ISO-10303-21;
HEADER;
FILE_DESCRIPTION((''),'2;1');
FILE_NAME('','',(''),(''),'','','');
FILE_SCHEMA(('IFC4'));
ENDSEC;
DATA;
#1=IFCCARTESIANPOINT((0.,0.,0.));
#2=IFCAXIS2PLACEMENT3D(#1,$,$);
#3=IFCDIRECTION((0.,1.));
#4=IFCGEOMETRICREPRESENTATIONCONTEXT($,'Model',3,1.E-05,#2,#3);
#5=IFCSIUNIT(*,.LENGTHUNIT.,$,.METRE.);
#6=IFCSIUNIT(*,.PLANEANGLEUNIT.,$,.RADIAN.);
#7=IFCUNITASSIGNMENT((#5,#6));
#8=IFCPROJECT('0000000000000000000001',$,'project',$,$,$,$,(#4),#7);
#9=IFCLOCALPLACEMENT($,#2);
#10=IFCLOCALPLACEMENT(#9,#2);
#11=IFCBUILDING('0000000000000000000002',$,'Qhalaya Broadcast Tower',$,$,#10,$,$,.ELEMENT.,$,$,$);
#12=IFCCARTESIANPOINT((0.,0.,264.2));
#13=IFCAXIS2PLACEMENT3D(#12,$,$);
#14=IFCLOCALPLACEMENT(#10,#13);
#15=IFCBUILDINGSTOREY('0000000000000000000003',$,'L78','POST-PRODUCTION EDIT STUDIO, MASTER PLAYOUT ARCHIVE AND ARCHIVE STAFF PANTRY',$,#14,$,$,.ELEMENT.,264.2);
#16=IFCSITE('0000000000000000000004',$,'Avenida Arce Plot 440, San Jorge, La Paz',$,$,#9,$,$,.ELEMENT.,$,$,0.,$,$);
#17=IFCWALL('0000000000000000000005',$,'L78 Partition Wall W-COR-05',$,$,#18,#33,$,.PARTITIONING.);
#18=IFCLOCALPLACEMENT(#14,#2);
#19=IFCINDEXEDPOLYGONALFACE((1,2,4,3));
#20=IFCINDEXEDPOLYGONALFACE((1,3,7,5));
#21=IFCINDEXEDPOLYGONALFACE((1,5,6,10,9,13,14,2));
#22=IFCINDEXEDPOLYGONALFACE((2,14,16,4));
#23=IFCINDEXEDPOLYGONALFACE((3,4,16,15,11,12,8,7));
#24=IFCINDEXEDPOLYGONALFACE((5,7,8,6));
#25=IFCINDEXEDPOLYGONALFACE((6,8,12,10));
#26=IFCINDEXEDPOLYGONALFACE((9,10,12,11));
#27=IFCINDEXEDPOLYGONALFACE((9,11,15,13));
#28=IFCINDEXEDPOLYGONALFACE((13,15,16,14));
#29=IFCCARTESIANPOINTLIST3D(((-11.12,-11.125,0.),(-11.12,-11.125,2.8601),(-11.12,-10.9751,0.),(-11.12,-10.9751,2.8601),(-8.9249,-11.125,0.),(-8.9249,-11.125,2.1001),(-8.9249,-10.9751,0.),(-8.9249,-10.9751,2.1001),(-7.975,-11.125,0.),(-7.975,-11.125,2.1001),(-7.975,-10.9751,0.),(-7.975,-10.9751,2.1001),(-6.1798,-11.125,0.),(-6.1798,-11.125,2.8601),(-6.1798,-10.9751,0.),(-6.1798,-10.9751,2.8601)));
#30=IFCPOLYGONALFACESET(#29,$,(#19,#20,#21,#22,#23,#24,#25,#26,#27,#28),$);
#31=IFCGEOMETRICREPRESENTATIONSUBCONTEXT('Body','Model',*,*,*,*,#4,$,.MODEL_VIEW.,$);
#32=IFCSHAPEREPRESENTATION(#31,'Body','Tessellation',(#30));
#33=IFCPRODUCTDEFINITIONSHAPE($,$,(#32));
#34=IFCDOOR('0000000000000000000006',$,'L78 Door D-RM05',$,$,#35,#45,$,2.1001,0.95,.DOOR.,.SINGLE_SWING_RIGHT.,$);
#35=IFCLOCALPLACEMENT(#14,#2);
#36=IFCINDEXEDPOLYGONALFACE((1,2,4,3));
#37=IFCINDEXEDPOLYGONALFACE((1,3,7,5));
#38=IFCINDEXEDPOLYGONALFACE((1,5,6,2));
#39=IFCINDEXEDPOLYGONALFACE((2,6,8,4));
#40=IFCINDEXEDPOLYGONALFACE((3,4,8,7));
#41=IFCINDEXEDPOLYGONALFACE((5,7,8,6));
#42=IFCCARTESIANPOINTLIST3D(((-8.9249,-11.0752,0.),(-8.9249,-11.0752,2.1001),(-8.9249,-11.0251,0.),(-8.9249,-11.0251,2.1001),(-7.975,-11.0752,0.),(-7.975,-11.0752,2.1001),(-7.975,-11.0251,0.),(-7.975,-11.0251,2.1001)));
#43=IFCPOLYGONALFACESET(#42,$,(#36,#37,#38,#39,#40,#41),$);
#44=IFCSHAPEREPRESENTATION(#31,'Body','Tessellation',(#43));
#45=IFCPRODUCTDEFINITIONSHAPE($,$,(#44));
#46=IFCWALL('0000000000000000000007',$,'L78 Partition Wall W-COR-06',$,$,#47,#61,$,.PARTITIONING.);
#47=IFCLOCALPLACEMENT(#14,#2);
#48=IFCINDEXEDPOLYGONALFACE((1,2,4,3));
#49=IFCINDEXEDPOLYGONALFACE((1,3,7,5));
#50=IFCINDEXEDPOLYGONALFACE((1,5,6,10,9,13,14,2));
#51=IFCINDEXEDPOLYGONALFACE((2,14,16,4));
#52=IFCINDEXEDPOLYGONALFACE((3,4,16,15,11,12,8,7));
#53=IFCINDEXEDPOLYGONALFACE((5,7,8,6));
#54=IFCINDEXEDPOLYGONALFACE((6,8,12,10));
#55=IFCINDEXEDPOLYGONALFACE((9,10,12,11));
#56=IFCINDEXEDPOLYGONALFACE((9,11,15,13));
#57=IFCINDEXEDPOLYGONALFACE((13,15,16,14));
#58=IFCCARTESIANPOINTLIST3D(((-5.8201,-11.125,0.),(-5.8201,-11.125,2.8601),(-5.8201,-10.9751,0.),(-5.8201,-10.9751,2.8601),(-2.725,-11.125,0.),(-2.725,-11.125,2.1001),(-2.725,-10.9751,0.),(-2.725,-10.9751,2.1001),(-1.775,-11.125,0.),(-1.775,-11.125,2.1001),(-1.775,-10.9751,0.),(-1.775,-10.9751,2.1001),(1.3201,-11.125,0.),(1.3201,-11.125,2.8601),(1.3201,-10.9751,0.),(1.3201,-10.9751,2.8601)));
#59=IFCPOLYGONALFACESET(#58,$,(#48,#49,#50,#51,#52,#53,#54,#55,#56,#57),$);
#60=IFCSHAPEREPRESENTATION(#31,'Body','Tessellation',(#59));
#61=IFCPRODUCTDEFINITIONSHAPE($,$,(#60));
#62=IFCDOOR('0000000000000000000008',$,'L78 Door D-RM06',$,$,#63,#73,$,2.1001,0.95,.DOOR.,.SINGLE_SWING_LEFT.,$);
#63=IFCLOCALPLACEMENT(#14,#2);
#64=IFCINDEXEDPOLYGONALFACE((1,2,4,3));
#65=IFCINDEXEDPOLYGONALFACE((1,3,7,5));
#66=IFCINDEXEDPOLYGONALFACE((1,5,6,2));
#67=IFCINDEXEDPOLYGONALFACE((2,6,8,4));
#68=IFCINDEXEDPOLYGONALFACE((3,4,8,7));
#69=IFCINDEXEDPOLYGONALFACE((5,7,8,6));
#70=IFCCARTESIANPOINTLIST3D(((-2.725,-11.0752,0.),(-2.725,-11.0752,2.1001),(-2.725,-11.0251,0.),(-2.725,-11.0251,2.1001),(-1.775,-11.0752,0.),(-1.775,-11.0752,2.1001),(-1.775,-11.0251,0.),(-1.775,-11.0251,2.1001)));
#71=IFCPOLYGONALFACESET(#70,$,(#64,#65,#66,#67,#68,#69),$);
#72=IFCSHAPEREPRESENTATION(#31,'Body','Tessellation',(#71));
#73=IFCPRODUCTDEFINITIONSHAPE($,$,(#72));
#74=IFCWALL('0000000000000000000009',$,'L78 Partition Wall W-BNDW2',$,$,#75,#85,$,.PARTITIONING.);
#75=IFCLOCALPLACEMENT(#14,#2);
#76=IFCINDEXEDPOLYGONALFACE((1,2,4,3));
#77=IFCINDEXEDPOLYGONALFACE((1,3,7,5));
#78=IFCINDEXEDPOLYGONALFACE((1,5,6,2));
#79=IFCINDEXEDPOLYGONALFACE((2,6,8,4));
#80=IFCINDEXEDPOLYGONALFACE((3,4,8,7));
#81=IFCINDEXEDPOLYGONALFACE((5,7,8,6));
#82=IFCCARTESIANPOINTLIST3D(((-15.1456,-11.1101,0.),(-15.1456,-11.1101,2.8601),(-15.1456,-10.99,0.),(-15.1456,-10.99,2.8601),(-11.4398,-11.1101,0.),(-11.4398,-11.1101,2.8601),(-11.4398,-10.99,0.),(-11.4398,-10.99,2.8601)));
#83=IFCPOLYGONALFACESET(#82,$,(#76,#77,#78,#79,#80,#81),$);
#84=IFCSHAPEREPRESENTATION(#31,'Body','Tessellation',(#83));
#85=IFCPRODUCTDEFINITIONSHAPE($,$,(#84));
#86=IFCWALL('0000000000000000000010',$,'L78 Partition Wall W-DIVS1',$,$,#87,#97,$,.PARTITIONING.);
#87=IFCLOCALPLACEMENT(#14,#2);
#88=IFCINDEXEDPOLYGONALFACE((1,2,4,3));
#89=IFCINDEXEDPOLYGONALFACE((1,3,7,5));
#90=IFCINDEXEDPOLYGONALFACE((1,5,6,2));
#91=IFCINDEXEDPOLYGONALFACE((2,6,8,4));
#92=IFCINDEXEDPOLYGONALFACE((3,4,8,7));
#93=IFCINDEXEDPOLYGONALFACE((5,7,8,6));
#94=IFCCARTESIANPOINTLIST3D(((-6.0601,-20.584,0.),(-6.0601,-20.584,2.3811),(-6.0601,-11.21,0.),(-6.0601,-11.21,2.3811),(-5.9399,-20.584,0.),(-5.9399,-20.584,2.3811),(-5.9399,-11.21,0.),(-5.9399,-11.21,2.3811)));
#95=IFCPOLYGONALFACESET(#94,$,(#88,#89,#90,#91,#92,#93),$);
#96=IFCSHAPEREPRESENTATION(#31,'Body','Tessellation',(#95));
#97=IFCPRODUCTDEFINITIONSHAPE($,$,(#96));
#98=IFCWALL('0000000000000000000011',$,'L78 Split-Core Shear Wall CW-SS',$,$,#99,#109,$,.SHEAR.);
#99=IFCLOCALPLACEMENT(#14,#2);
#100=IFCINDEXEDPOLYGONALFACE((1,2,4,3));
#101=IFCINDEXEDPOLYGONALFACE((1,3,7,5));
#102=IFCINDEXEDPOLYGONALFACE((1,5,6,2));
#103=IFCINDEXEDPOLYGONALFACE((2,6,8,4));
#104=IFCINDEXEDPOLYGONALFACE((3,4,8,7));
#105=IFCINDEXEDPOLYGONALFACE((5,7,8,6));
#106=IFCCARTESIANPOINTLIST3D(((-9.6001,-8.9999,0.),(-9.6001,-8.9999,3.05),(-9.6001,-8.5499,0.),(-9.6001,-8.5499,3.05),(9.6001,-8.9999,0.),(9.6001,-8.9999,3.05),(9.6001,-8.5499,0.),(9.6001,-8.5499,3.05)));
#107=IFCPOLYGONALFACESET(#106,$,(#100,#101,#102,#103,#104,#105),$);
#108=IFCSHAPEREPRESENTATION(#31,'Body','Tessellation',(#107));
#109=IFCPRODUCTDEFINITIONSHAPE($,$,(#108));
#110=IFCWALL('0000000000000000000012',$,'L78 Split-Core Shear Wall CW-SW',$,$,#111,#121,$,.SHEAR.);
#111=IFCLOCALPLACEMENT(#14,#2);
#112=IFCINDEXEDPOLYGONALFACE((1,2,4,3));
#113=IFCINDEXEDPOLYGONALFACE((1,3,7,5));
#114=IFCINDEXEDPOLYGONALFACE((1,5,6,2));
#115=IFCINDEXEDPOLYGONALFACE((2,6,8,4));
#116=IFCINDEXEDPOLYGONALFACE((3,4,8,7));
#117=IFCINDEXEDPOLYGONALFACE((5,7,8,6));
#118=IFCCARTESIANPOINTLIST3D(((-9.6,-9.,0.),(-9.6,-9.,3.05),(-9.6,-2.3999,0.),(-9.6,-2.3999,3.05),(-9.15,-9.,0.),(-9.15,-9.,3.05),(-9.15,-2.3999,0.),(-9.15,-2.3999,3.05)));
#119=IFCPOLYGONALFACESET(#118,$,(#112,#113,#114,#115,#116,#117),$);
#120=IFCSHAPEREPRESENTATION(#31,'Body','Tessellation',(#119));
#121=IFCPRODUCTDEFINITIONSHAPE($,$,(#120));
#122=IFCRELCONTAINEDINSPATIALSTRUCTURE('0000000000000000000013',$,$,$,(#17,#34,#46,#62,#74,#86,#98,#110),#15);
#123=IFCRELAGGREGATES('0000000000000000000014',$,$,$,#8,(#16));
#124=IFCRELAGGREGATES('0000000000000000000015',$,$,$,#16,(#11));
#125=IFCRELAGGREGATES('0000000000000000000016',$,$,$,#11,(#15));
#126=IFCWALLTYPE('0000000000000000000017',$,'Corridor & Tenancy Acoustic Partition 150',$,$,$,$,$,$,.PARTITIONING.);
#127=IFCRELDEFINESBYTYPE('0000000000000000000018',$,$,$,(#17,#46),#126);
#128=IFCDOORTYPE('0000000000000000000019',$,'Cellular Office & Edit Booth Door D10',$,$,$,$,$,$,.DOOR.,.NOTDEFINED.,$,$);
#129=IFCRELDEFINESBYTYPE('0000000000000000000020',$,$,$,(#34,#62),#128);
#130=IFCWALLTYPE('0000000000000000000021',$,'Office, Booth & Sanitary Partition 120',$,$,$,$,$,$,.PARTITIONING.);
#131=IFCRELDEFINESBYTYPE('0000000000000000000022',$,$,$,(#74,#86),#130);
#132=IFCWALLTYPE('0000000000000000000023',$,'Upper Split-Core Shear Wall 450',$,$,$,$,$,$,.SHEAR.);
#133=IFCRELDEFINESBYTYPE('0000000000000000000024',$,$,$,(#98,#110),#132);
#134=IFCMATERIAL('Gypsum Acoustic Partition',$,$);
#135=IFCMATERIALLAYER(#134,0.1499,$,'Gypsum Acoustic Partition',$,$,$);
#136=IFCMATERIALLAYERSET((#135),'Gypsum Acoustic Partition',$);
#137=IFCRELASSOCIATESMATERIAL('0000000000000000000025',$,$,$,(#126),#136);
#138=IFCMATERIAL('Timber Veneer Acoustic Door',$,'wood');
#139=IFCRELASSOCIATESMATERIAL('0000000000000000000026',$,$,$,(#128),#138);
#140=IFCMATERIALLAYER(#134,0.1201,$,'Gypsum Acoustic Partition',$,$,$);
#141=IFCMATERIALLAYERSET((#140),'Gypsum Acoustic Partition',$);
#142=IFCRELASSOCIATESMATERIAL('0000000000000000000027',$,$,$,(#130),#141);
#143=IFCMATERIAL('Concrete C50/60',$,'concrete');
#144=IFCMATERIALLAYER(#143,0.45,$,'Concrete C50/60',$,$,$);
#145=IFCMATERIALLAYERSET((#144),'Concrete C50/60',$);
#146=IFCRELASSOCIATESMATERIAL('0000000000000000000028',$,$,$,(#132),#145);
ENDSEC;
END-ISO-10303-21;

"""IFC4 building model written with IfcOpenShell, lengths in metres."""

from ifc_helpers import new_model, si_unit, direction, frame, frame_2d, origin, place, context, subcontext, project, spatial, rectangle, extrude, material, layer, layer_set, type_object, element, fill, save


model = new_model("IFC4")

# Units and contexts
model_context = context("Model", 3, precision=1e-05, world=origin(), true_north=direction((0.0, 1.0)))
body_context = subcontext(model_context, "Body", "Model", "MODEL_VIEW")
ifc_project = project(units=[si_unit("LENGTHUNIT", "METRE"), si_unit("PLANEANGLEUNIT", "RADIAN")], contexts=[model_context])

# Site, building, storey
site_placement = place(None, origin())
site = spatial("IfcSite", under=ifc_project, at=site_placement, Name="Avenida Arce Plot 440, San Jorge, La Paz", CompositionType="ELEMENT", RefElevation=0.0)
building_placement = place(site_placement, origin())
building = spatial("IfcBuilding", under=site, at=building_placement, Name="Qhalaya Broadcast Tower", CompositionType="ELEMENT")
storey_placement = place(building_placement, frame((0.0, 0.0, 264.2)))
storey = spatial("IfcBuildingStorey", under=building, at=storey_placement, Name="L78", Description="POST-PRODUCTION EDIT STUDIO, MASTER PLAYOUT ARCHIVE AND ARCHIVE STAFF PANTRY", CompositionType="ELEMENT", Elevation=264.2)

# Walls, openings, doors
ifc_material_1 = material(Name="Gypsum Acoustic Partition")
ifc_layer_1 = layer(ifc_material_1, 0.1499, Name="Gypsum Acoustic Partition")
ifc_layer_set_1 = layer_set([ifc_layer_1], Name="Gypsum Acoustic Partition")
wall_type_1 = type_object("IfcWallType", Name="Corridor & Tenancy Acoustic Partition 150", PredefinedType="PARTITIONING", material=ifc_layer_set_1)
wall_1_placement = place(storey_placement, frame((-11.1201, -11.05, 0.0), z_axis=(0.0, 0.0, 1.0), x_axis=(1.0, 0.0, 0.0)))
wall_1 = element("IfcWall", 1, at=wall_1_placement, inside=storey, type_object=wall_type_1, Name="L78 Partition Wall W-COR-05", PredefinedType="PARTITIONING", context=body_context, shape_type="SweptSolid", body=[
    extrude(rectangle(XDim=4.9402, YDim=0.1499, at=frame_2d((2.4702, 0.0))), origin(), (0.0, 0.0, 1.0), 2.8601),
])
opening_1_placement = place(wall_1_placement, frame((2.1951, 0.0, 0.0)))
opening_1 = element("IfcOpeningElement", 2, at=opening_1_placement, cuts=wall_1, PredefinedType="OPENING", context=body_context, shape_type="SweptSolid", body=[
    extrude(rectangle(XDim=0.95, YDim=2.1001, at=frame_2d((0.4751, 1.05))), frame((0.0, 0.0869, 0.0), z_axis=(0.0, -1.0, 0.0), x_axis=(1.0, 0.0, 0.0)), (0.0, 0.0, 1.0), 0.1738),
])
ifc_material_2 = material(Name="Timber Veneer Acoustic Door", Category="wood")
door_type = type_object("IfcDoorType", Name="Cellular Office & Edit Booth Door D10", OperationType="NOTDEFINED", PredefinedType="DOOR", material=ifc_material_2)
door_1_placement = place(opening_1_placement, origin())
door_1 = element("IfcDoor", 3, at=door_1_placement, inside=storey, type_object=door_type, Name="L78 Door D-RM05", OperationType="SINGLE_SWING_RIGHT", OverallHeight=2.1001, OverallWidth=0.95, PredefinedType="DOOR", context=body_context, shape_type="SweptSolid", body=[
    extrude(rectangle(XDim=0.95, YDim=2.1001, at=frame_2d((0.4751, 1.05))), frame((0.0, 0.0249, 0.0), z_axis=(0.0, -1.0, 0.0), x_axis=(1.0, 0.0, 0.0)), (0.0, 0.0, 1.0), 0.05),
])
fill(opening_1, door_1)
wall_2_placement = place(storey_placement, frame((-5.8201, -11.05, 0.0), z_axis=(0.0, 0.0, 1.0), x_axis=(1.0, 0.0, 0.0)))
wall_2 = element("IfcWall", 4, at=wall_2_placement, inside=storey, type_object=wall_type_1, Name="L78 Partition Wall W-COR-06", PredefinedType="PARTITIONING", context=body_context, shape_type="SweptSolid", body=[
    extrude(rectangle(XDim=7.1401, YDim=0.1499, at=frame_2d((3.5701, 0.0))), origin(), (0.0, 0.0, 1.0), 2.8601),
])
opening_2_placement = place(wall_2_placement, frame((3.095, 0.0, 0.0)))
opening_2 = element("IfcOpeningElement", 5, at=opening_2_placement, cuts=wall_2, PredefinedType="OPENING", context=body_context, shape_type="SweptSolid", body=[
    extrude(rectangle(XDim=0.95, YDim=2.1001, at=frame_2d((0.4751, 1.05))), frame((0.0, 0.0869, 0.0), z_axis=(0.0, -1.0, 0.0), x_axis=(1.0, 0.0, 0.0)), (0.0, 0.0, 1.0), 0.1738),
])
door_2_placement = place(opening_2_placement, origin())
door_2 = element("IfcDoor", 6, at=door_2_placement, inside=storey, type_object=door_type, Name="L78 Door D-RM06", OperationType="SINGLE_SWING_LEFT", OverallHeight=2.1001, OverallWidth=0.95, PredefinedType="DOOR", context=body_context, shape_type="SweptSolid", body=[
    extrude(rectangle(XDim=0.95, YDim=2.1001, at=frame_2d((0.4751, 1.05))), frame((0.0, 0.0249, 0.0), z_axis=(0.0, -1.0, 0.0), x_axis=(1.0, 0.0, 0.0)), (0.0, 0.0, 1.0), 0.05),
])
fill(opening_2, door_2)

# Walls
ifc_layer_2 = layer(ifc_material_1, 0.1201, Name="Gypsum Acoustic Partition")
ifc_layer_set_2 = layer_set([ifc_layer_2], Name="Gypsum Acoustic Partition")
wall_type_2 = type_object("IfcWallType", Name="Office, Booth & Sanitary Partition 120", PredefinedType="PARTITIONING", material=ifc_layer_set_2)
wall_3_placement = place(storey_placement, frame((-15.1458, -11.05, 0.0), z_axis=(0.0, 0.0, 1.0), x_axis=(1.0, 0.0, 0.0)))
element("IfcWall", 7, at=wall_3_placement, inside=storey, type_object=wall_type_2, Name="L78 Partition Wall W-BNDW2", PredefinedType="PARTITIONING", context=body_context, shape_type="SweptSolid", body=[
    extrude(rectangle(XDim=3.7058, YDim=0.1201, at=frame_2d((1.853, 0.0))), origin(), (0.0, 0.0, 1.0), 2.8601),
])
wall_4_placement = place(storey_placement, frame((-6.0, -20.584, 0.0), z_axis=(0.0, 0.0, 1.0), x_axis=(0.0, 1.0, 0.0)))
element("IfcWall", 8, at=wall_4_placement, inside=storey, type_object=wall_type_2, Name="L78 Partition Wall W-DIVS1", PredefinedType="PARTITIONING", context=body_context, shape_type="SweptSolid", body=[
    extrude(rectangle(XDim=9.374, YDim=0.1201, at=frame_2d((4.687, 0.0))), origin(), (0.0, 0.0, 1.0), 2.3811),
])
ifc_material_3 = material(Name="Concrete C50/60", Category="concrete")
ifc_layer_3 = layer(ifc_material_3, 0.45, Name="Concrete C50/60")
ifc_layer_set_3 = layer_set([ifc_layer_3], Name="Concrete C50/60")
wall_type_3 = type_object("IfcWallType", Name="Upper Split-Core Shear Wall 450", PredefinedType="SHEAR", material=ifc_layer_set_3)
wall_5_placement = place(storey_placement, frame((-9.6001, -8.7749, 0.0), z_axis=(0.0, 0.0, 1.0), x_axis=(1.0, 0.0, 0.0)))
element("IfcWall", 9, at=wall_5_placement, inside=storey, type_object=wall_type_3, Name="L78 Split-Core Shear Wall CW-SS", PredefinedType="SHEAR", context=body_context, shape_type="SweptSolid", body=[
    extrude(rectangle(XDim=19.2002, YDim=0.45, at=frame_2d((9.6001, 0.0))), origin(), (0.0, 0.0, 1.0), 3.05),
])
wall_6_placement = place(storey_placement, frame((-9.375, -9.0, 0.0), z_axis=(0.0, 0.0, 1.0), x_axis=(0.0, 1.0, 0.0)))
element("IfcWall", 10, at=wall_6_placement, inside=storey, type_object=wall_type_3, Name="L78 Split-Core Shear Wall CW-SW", PredefinedType="SHEAR", context=body_context, shape_type="SweptSolid", body=[
    extrude(rectangle(XDim=6.6001, YDim=0.45, at=frame_2d((3.3, 0.0))), origin(), (0.0, 0.0, 1.0), 3.05),
])

save(model, "model.ifc")
